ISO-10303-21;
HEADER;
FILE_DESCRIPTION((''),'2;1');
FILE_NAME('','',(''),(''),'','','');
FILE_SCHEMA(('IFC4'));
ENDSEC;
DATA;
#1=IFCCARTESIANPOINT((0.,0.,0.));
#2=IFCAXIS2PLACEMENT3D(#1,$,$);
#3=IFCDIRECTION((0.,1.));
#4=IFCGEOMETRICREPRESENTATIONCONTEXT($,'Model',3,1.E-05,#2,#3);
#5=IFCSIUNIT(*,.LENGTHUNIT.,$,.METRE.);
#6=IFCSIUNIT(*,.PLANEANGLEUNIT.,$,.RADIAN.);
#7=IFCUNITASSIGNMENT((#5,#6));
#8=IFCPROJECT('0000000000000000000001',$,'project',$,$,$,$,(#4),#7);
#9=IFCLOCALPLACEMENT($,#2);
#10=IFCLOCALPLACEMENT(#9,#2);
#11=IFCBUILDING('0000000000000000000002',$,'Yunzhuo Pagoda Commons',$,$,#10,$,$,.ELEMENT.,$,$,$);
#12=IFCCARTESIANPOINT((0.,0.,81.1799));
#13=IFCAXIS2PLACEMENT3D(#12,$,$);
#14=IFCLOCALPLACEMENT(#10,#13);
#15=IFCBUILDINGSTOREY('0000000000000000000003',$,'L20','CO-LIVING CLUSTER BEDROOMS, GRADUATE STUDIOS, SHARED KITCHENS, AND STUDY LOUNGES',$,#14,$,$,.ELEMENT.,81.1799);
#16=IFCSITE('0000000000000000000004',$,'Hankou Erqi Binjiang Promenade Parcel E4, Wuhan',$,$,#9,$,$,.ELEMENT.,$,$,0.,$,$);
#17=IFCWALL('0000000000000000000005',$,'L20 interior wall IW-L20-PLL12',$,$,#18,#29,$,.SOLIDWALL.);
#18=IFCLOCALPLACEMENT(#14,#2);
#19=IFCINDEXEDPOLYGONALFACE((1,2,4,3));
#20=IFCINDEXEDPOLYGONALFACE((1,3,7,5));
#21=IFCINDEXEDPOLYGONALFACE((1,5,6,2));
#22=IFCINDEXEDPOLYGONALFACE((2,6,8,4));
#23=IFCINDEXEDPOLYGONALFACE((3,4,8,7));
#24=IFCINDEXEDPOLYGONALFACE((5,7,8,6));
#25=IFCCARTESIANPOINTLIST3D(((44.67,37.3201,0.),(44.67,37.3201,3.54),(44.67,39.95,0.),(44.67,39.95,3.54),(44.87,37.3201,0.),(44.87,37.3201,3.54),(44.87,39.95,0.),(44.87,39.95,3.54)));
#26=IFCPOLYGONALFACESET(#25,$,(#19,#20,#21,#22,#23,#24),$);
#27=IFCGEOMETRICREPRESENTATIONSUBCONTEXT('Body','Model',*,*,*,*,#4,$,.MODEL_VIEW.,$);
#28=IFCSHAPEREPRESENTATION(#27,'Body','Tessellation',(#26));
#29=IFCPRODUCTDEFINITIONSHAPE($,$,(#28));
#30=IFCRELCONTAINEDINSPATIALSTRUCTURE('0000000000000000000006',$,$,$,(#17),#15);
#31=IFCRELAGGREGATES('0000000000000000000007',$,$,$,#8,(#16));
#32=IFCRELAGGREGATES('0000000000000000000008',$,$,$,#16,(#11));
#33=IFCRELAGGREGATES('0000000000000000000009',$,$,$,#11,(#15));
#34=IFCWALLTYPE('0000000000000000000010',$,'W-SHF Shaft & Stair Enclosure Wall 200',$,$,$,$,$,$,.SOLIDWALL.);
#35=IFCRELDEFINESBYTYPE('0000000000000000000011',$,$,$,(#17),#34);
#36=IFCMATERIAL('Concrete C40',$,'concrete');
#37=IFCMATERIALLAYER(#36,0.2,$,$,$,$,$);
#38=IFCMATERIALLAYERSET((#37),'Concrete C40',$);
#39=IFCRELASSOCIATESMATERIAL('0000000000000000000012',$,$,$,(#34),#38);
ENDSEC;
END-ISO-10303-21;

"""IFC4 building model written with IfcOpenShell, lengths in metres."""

from ifc_helpers import new_model, si_unit, direction, frame, frame_2d, origin, place, context, subcontext, project, spatial, rectangle, extrude, material, layer, layer_set, type_object, element, save


model = new_model("IFC4")

# Units and contexts
model_context = context("Model", 3, precision=1e-05, world=origin(), true_north=direction((0.0, 1.0)))
body_context = subcontext(model_context, "Body", "Model", "MODEL_VIEW")
ifc_project = project(units=[si_unit("LENGTHUNIT", "METRE"), si_unit("PLANEANGLEUNIT", "RADIAN")], contexts=[model_context])

# Site, building, storey
site_placement = place(None, origin())
site = spatial("IfcSite", under=ifc_project, at=site_placement, Name="Hankou Erqi Binjiang Promenade Parcel E4, Wuhan", CompositionType="ELEMENT", RefElevation=0.0)
building_placement = place(site_placement, origin())
building = spatial("IfcBuilding", under=site, at=building_placement, Name="Yunzhuo Pagoda Commons", CompositionType="ELEMENT")
storey_placement = place(building_placement, frame((0.0, 0.0, 81.1799)))
storey = spatial("IfcBuildingStorey", under=building, at=storey_placement, Name="L20", Description="CO-LIVING CLUSTER BEDROOMS, GRADUATE STUDIOS, SHARED KITCHENS, AND STUDY LOUNGES", CompositionType="ELEMENT", Elevation=81.1799)

# Shared definitions
ifc_material_1 = material(Name="Concrete C40", Category="concrete")
ifc_layer_1 = layer(ifc_material_1, 0.2)
ifc_layer_set_1 = layer_set([ifc_layer_1], Name="Concrete C40")
wall_type_1 = type_object("IfcWallType", Name="W-SHF Shaft & Stair Enclosure Wall 200", PredefinedType="SOLIDWALL", material=ifc_layer_set_1)

# Wall
wall_1_placement = place(storey_placement, frame((44.77, 37.3201, 0.0), z_axis=(0.0, 0.0, 1.0), x_axis=(0.0, 1.0, 0.0)))
element("IfcWall", 1, at=wall_1_placement, inside=storey, type_object=wall_type_1, Name="L20 interior wall IW-L20-PLL12", PredefinedType="SOLIDWALL", context=body_context, shape_type="SweptSolid", body=[
    extrude(rectangle(XDim=2.6299, YDim=0.2, at=frame_2d((1.3149, 0.0))), origin(), (0.0, 0.0, 1.0), 3.54),
])

save(model, "model.ifc")
